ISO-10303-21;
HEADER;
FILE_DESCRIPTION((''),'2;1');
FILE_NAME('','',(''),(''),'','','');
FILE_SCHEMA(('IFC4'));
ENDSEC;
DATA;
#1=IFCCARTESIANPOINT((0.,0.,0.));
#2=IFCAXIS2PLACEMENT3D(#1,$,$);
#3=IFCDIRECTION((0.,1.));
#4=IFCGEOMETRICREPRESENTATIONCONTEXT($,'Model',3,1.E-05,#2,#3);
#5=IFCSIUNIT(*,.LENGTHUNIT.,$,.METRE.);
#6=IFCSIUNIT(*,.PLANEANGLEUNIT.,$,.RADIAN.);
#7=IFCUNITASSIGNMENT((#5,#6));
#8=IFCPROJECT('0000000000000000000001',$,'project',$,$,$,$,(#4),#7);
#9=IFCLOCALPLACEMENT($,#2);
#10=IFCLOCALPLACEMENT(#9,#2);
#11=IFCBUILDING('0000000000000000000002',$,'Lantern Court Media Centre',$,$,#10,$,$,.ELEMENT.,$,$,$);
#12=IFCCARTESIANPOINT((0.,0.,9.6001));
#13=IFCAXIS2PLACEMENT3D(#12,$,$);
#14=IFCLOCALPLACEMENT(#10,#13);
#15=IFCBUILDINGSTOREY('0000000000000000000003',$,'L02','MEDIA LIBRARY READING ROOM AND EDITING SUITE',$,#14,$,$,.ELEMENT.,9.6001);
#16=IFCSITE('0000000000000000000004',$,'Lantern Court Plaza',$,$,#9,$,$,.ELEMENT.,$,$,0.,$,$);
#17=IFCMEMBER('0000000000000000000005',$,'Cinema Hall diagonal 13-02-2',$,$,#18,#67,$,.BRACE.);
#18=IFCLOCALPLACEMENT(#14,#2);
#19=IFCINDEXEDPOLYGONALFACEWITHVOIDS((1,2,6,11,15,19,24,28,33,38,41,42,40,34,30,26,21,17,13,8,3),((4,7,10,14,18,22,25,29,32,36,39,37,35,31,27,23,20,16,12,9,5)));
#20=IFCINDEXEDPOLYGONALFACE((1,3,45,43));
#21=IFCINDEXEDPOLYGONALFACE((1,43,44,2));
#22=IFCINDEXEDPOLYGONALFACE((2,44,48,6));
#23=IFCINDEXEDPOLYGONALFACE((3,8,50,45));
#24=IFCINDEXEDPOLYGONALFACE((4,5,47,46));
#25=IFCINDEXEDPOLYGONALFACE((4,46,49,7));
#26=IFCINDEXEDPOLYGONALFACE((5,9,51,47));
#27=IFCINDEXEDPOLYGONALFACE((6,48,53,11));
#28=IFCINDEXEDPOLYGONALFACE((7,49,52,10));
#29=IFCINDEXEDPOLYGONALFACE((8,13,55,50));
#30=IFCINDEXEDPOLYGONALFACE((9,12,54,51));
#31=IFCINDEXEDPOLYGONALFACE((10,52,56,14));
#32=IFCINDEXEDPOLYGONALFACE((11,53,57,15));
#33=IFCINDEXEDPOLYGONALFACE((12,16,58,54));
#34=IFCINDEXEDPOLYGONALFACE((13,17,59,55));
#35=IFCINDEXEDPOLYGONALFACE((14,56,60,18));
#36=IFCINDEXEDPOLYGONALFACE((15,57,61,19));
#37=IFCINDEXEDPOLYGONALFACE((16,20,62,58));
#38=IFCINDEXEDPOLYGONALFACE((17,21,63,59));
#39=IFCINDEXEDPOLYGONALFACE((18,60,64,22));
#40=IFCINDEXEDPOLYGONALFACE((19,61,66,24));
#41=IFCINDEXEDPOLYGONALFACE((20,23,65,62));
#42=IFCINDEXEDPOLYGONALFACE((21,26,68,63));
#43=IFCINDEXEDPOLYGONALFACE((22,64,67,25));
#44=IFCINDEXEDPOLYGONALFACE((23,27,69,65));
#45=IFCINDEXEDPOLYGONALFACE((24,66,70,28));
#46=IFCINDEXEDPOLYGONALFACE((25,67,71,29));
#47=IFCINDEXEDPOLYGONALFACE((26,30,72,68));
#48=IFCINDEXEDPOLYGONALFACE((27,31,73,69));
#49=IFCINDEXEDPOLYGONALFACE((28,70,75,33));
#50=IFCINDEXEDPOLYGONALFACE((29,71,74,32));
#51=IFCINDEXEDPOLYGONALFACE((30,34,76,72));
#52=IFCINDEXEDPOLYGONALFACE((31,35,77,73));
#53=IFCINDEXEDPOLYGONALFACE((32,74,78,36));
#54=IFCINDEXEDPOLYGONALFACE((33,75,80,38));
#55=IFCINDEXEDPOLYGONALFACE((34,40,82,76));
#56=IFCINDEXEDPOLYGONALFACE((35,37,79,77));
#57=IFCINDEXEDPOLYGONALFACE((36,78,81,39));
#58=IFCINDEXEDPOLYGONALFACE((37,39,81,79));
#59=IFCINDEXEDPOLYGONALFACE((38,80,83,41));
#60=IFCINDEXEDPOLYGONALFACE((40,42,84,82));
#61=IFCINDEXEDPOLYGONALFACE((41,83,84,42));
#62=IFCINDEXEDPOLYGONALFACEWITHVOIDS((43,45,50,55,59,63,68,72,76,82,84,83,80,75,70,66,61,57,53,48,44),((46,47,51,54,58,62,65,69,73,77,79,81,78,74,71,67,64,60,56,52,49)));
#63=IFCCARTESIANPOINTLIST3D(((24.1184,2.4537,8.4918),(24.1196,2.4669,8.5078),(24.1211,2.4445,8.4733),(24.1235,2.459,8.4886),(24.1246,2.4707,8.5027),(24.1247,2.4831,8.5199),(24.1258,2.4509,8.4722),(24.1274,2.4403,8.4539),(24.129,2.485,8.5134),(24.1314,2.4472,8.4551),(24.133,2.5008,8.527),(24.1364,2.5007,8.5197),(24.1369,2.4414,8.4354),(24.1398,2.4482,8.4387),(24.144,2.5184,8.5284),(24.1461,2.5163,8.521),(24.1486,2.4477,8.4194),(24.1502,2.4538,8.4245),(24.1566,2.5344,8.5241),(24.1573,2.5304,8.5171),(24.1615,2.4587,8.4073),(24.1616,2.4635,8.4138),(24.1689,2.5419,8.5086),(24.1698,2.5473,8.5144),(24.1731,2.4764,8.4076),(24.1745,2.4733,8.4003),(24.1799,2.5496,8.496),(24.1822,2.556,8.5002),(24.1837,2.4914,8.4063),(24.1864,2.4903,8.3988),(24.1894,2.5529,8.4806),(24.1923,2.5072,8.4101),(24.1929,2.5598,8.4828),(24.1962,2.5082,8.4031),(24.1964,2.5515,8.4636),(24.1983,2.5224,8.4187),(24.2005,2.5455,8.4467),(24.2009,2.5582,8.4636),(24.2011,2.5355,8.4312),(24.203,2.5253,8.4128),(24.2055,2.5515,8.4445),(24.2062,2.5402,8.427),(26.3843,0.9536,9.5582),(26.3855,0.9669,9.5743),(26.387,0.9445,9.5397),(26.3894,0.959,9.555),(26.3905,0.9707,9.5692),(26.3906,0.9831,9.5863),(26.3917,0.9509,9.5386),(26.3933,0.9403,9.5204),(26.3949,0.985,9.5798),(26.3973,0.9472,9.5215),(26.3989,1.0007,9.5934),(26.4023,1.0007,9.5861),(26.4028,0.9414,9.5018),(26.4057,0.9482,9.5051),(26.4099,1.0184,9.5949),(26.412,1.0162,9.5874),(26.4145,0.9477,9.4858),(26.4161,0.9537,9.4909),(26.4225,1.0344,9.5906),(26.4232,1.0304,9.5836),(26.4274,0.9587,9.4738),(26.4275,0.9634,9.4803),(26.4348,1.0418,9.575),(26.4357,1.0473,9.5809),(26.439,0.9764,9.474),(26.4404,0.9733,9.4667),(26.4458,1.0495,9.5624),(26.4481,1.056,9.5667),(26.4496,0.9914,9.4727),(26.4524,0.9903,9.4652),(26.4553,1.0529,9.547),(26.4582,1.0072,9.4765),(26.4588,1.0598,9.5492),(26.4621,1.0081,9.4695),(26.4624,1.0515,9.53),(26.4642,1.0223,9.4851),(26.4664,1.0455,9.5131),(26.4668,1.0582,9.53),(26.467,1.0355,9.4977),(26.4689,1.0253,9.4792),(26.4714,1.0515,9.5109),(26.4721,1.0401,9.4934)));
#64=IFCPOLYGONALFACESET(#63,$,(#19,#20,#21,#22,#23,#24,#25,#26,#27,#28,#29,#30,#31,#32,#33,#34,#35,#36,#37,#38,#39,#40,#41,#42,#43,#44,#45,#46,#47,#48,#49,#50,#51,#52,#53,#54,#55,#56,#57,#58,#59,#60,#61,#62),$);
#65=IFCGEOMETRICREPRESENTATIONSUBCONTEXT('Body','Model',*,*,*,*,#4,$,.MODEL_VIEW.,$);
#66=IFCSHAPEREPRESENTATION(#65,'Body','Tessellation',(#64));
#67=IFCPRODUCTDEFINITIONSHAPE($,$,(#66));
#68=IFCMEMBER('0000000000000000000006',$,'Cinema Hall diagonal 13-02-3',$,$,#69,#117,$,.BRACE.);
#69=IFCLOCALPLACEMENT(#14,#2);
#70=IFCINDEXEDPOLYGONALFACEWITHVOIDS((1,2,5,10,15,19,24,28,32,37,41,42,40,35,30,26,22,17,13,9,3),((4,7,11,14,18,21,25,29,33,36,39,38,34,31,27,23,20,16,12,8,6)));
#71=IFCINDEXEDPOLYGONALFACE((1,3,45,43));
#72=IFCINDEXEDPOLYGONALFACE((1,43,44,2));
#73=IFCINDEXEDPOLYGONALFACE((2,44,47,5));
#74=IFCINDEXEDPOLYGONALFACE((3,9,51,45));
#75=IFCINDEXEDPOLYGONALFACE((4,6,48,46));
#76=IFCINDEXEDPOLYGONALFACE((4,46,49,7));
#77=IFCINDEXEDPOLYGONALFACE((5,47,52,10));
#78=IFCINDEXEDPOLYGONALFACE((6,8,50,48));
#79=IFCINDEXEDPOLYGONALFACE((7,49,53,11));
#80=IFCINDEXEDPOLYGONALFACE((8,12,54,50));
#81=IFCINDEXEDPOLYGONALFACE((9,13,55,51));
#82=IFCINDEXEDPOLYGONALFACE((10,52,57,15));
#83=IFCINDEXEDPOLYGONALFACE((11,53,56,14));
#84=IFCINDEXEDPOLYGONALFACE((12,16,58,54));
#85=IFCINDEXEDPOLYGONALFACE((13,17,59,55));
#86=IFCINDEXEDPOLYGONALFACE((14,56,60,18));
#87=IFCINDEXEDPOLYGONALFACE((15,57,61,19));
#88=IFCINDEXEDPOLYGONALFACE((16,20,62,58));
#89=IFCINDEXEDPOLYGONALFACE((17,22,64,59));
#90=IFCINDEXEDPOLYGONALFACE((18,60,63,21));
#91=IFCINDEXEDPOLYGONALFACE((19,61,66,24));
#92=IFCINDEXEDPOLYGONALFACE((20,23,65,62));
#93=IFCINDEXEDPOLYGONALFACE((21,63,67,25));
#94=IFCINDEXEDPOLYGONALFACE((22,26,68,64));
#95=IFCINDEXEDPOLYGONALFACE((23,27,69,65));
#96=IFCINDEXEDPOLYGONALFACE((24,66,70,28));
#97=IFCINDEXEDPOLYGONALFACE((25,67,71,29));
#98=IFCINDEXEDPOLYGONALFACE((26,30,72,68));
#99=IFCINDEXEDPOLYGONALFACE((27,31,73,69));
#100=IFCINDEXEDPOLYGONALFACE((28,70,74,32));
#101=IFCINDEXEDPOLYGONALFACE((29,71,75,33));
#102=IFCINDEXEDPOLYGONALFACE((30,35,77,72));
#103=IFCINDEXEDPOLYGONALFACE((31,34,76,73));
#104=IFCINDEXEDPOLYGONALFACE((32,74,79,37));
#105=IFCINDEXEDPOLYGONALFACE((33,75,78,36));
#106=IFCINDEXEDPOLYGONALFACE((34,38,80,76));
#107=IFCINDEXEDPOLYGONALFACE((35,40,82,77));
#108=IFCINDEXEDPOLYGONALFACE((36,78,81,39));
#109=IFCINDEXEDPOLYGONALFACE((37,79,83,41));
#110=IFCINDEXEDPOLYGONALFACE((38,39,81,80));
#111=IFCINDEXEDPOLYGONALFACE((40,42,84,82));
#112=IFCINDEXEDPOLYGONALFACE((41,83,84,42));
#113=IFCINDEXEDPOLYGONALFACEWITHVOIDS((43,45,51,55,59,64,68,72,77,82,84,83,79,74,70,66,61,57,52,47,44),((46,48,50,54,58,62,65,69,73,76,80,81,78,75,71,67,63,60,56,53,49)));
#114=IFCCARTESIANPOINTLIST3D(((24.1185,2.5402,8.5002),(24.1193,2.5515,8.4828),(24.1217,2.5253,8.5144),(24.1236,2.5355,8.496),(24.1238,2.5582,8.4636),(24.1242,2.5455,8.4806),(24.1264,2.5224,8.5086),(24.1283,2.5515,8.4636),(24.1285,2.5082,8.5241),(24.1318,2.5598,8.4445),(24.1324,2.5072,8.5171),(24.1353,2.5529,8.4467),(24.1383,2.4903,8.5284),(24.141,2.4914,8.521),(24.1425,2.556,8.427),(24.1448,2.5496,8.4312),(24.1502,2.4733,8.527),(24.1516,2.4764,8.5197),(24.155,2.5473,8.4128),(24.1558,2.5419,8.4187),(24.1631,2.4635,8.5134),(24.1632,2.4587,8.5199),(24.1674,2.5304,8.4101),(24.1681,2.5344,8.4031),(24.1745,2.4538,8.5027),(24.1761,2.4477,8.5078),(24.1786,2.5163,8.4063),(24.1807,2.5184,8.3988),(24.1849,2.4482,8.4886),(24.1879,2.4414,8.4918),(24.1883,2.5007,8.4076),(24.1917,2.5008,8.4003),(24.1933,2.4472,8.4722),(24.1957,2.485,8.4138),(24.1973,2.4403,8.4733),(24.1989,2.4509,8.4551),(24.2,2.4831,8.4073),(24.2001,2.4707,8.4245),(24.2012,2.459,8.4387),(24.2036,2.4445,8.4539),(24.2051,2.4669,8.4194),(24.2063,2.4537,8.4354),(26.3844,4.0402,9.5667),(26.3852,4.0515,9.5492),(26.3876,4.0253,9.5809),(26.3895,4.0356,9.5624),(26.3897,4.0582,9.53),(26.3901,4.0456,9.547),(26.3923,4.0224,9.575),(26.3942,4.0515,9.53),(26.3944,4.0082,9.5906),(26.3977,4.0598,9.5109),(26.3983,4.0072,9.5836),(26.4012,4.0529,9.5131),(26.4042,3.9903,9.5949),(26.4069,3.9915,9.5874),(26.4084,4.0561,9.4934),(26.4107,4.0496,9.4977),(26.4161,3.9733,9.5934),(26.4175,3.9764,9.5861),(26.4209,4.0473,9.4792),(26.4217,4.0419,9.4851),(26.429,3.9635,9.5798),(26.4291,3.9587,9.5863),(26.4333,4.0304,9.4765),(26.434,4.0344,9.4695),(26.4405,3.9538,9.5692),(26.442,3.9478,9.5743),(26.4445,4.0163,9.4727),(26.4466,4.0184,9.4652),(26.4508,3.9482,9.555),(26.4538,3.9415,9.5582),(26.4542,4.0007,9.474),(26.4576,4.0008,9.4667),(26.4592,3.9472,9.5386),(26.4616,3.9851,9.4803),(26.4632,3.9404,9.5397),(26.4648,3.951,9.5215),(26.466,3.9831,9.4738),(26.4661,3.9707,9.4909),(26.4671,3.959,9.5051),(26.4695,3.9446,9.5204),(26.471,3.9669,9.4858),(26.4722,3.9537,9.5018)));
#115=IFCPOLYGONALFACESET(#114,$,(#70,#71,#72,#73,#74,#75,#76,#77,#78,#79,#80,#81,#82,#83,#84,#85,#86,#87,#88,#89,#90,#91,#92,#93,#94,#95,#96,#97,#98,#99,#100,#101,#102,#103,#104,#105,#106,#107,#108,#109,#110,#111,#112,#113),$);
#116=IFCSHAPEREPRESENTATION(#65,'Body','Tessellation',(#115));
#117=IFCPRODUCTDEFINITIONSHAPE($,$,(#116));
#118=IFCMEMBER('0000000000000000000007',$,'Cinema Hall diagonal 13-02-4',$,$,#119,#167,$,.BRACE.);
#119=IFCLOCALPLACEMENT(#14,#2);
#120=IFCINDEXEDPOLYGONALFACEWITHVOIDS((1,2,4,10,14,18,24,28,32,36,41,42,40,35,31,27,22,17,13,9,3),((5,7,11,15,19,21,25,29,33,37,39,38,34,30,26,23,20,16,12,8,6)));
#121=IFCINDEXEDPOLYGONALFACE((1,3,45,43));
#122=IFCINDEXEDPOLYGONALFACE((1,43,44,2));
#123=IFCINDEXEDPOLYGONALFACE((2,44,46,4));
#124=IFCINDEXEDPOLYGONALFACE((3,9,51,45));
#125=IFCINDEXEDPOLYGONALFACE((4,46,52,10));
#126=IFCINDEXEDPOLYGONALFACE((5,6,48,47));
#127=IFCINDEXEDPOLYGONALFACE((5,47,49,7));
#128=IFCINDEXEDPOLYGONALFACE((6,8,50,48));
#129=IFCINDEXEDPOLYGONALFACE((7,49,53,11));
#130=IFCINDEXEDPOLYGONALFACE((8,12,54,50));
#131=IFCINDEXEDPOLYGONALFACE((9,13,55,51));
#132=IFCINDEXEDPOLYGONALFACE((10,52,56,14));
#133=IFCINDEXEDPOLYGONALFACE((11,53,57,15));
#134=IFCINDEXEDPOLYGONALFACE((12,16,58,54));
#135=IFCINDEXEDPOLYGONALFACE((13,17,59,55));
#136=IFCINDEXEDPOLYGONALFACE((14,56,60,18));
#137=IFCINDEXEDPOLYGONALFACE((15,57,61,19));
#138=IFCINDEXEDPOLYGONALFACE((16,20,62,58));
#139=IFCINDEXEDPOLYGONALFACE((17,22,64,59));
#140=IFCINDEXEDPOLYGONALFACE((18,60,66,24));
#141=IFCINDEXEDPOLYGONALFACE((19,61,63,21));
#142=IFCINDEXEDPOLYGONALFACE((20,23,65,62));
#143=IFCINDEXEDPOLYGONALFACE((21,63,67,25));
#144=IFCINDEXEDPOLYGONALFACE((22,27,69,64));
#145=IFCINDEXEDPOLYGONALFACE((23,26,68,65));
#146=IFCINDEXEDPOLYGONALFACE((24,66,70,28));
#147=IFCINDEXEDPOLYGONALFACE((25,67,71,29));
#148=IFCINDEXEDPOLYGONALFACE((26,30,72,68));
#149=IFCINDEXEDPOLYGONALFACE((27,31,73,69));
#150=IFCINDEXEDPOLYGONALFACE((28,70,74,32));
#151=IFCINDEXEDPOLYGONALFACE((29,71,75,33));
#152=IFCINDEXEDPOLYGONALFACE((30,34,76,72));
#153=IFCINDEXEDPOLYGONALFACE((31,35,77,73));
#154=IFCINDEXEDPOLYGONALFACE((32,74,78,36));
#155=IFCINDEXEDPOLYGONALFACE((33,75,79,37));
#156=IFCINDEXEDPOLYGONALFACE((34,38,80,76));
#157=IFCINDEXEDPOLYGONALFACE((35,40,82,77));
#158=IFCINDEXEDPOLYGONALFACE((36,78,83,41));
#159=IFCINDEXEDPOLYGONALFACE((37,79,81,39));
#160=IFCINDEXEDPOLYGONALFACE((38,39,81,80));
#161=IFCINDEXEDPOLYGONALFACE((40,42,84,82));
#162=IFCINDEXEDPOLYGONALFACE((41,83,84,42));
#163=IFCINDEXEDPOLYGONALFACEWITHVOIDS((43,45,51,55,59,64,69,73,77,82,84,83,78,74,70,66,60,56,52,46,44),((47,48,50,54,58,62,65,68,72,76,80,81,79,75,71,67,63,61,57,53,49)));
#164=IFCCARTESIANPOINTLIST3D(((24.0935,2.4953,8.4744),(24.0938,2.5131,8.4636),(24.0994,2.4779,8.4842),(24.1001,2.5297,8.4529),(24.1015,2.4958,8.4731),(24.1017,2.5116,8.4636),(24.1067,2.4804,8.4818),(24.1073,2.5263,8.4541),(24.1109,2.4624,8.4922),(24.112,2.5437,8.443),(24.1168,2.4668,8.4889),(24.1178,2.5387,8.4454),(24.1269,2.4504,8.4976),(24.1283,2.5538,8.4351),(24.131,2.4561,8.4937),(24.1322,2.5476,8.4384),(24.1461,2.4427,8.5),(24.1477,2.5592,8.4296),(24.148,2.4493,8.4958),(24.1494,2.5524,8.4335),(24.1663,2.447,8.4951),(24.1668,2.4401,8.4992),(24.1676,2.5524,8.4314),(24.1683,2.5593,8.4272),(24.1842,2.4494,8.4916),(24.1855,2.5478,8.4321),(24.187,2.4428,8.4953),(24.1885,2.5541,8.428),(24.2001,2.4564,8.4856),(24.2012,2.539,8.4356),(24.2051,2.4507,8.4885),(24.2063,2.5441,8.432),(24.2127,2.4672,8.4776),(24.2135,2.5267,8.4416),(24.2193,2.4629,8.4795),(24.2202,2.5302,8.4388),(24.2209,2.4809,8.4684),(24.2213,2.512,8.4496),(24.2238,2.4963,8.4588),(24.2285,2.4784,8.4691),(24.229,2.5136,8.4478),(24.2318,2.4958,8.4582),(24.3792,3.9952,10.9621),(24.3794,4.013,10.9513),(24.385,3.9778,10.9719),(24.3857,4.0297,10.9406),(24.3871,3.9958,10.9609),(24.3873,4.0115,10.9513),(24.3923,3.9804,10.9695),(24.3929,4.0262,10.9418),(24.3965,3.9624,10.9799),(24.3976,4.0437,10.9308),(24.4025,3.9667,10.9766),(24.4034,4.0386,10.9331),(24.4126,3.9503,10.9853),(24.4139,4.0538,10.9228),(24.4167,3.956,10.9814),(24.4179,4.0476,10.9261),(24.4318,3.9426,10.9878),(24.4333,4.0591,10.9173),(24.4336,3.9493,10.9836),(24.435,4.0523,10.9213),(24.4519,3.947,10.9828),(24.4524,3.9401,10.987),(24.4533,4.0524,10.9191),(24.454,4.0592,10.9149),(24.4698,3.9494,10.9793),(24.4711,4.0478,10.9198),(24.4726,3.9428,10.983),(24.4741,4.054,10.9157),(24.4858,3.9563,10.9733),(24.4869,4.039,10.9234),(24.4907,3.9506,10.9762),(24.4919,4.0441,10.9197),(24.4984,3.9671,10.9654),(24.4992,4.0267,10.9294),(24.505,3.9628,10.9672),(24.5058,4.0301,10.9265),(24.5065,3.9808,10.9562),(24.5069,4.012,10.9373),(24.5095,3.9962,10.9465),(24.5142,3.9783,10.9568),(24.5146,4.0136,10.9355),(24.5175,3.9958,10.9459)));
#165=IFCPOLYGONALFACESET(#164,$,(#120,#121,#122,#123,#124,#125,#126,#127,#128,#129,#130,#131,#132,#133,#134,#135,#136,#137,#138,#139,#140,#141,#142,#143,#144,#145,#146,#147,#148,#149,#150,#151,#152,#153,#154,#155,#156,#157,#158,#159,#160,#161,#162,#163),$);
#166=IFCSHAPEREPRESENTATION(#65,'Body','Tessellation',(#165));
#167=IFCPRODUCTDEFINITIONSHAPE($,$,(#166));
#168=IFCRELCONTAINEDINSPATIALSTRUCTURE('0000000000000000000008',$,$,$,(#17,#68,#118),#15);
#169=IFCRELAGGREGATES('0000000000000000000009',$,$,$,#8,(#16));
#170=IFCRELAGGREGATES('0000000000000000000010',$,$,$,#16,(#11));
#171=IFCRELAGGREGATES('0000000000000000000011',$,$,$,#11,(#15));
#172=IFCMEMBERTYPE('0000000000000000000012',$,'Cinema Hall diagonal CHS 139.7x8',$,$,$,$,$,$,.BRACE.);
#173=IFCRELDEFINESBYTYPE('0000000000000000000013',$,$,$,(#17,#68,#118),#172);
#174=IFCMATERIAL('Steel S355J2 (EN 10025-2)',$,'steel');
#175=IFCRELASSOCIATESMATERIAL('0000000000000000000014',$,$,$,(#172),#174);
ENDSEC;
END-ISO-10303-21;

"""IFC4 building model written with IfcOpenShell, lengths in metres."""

from ifc_helpers import new_model, si_unit, direction, frame, origin, origin_2d, place, context, subcontext, project, spatial, hollow_circle, extrude, material, material_profile, profile_set, type_object, element, save


model = new_model("IFC4")

# Units and contexts
model_context = context("Model", 3, precision=1e-05, world=origin(), true_north=direction((0.0, 1.0)))
body_context = subcontext(model_context, "Body", "Model", "MODEL_VIEW")
ifc_project = project(units=[si_unit("LENGTHUNIT", "METRE"), si_unit("PLANEANGLEUNIT", "RADIAN")], contexts=[model_context])

# Site, building, storey
site_placement = place(None, origin())
site = spatial("IfcSite", under=ifc_project, at=site_placement, Name="Lantern Court Plaza", CompositionType="ELEMENT", RefElevation=0.0)
building_placement = place(site_placement, origin())
building = spatial("IfcBuilding", under=site, at=building_placement, Name="Lantern Court Media Centre", CompositionType="ELEMENT")
storey_placement = place(building_placement, frame((0.0, 0.0, 9.6001)))
storey = spatial("IfcBuildingStorey", under=building, at=storey_placement, Name="L02", Description="MEDIA LIBRARY READING ROOM AND EDITING SUITE", CompositionType="ELEMENT", Elevation=9.6001)

# Members
ifc_material = material(Name="Steel S355J2 (EN 10025-2)", Category="steel")
ifc_material_profile_1 = material_profile(ifc_material, hollow_circle(Radius=0.0698, WallThickness=0.0081, at=origin_2d()), Name="Cinema Hall diagonal CHS 139.7x8")
ifc_profile_set_1 = profile_set([ifc_material_profile_1], Name="Steel S355J2 (EN 10025-2)")
member_type_1 = type_object("IfcMemberType", Name="Cinema Hall diagonal CHS 139.7x8", PredefinedType="BRACE", material=ifc_profile_set_1)
for number, where, z_axis, x_axis, name in (
    (1, (24.1624, 2.5, 8.4636), (0.776211, -0.51385, 0.365315), (0.552002, 0.833843, 0.0), "Cinema Hall diagonal 13-02-2"),
    (2, (24.1624, 2.5, 8.4636), (0.776211, 0.51385, 0.365315), (-0.552002, 0.833843, 0.0), "Cinema Hall diagonal 13-02-3"),
):
    element("IfcMember", number, at=place(storey_placement, frame(where, z_axis=z_axis, x_axis=x_axis)), inside=storey, type_object=member_type_1, Name=name, PredefinedType="BRACE", context=body_context, shape_type="SweptSolid", body=[
        extrude(hollow_circle(Radius=0.0698, WallThickness=0.0081, at=origin_2d()), origin(), (0.0, 0.0, 1.0), 2.9192),
    ])
for number, where, z_axis, x_axis, name in (
    (3, (24.1624, 2.5, 8.4636), (0.097856, 0.51387, 0.852268), (-0.982347, 0.187068, 0.0), "Cinema Hall diagonal 13-02-4"),
):
    element("IfcMember", number, at=place(storey_placement, frame(where, z_axis=z_axis, x_axis=x_axis)), inside=storey, type_object=member_type_1, Name=name, PredefinedType="BRACE", context=body_context, shape_type="SweptSolid", body=[
        extrude(hollow_circle(Radius=0.0698, WallThickness=0.0081, at=origin_2d()), origin(), (0.0, 0.0, 1.0), 2.9189),
    ])

save(model, "model.ifc")
